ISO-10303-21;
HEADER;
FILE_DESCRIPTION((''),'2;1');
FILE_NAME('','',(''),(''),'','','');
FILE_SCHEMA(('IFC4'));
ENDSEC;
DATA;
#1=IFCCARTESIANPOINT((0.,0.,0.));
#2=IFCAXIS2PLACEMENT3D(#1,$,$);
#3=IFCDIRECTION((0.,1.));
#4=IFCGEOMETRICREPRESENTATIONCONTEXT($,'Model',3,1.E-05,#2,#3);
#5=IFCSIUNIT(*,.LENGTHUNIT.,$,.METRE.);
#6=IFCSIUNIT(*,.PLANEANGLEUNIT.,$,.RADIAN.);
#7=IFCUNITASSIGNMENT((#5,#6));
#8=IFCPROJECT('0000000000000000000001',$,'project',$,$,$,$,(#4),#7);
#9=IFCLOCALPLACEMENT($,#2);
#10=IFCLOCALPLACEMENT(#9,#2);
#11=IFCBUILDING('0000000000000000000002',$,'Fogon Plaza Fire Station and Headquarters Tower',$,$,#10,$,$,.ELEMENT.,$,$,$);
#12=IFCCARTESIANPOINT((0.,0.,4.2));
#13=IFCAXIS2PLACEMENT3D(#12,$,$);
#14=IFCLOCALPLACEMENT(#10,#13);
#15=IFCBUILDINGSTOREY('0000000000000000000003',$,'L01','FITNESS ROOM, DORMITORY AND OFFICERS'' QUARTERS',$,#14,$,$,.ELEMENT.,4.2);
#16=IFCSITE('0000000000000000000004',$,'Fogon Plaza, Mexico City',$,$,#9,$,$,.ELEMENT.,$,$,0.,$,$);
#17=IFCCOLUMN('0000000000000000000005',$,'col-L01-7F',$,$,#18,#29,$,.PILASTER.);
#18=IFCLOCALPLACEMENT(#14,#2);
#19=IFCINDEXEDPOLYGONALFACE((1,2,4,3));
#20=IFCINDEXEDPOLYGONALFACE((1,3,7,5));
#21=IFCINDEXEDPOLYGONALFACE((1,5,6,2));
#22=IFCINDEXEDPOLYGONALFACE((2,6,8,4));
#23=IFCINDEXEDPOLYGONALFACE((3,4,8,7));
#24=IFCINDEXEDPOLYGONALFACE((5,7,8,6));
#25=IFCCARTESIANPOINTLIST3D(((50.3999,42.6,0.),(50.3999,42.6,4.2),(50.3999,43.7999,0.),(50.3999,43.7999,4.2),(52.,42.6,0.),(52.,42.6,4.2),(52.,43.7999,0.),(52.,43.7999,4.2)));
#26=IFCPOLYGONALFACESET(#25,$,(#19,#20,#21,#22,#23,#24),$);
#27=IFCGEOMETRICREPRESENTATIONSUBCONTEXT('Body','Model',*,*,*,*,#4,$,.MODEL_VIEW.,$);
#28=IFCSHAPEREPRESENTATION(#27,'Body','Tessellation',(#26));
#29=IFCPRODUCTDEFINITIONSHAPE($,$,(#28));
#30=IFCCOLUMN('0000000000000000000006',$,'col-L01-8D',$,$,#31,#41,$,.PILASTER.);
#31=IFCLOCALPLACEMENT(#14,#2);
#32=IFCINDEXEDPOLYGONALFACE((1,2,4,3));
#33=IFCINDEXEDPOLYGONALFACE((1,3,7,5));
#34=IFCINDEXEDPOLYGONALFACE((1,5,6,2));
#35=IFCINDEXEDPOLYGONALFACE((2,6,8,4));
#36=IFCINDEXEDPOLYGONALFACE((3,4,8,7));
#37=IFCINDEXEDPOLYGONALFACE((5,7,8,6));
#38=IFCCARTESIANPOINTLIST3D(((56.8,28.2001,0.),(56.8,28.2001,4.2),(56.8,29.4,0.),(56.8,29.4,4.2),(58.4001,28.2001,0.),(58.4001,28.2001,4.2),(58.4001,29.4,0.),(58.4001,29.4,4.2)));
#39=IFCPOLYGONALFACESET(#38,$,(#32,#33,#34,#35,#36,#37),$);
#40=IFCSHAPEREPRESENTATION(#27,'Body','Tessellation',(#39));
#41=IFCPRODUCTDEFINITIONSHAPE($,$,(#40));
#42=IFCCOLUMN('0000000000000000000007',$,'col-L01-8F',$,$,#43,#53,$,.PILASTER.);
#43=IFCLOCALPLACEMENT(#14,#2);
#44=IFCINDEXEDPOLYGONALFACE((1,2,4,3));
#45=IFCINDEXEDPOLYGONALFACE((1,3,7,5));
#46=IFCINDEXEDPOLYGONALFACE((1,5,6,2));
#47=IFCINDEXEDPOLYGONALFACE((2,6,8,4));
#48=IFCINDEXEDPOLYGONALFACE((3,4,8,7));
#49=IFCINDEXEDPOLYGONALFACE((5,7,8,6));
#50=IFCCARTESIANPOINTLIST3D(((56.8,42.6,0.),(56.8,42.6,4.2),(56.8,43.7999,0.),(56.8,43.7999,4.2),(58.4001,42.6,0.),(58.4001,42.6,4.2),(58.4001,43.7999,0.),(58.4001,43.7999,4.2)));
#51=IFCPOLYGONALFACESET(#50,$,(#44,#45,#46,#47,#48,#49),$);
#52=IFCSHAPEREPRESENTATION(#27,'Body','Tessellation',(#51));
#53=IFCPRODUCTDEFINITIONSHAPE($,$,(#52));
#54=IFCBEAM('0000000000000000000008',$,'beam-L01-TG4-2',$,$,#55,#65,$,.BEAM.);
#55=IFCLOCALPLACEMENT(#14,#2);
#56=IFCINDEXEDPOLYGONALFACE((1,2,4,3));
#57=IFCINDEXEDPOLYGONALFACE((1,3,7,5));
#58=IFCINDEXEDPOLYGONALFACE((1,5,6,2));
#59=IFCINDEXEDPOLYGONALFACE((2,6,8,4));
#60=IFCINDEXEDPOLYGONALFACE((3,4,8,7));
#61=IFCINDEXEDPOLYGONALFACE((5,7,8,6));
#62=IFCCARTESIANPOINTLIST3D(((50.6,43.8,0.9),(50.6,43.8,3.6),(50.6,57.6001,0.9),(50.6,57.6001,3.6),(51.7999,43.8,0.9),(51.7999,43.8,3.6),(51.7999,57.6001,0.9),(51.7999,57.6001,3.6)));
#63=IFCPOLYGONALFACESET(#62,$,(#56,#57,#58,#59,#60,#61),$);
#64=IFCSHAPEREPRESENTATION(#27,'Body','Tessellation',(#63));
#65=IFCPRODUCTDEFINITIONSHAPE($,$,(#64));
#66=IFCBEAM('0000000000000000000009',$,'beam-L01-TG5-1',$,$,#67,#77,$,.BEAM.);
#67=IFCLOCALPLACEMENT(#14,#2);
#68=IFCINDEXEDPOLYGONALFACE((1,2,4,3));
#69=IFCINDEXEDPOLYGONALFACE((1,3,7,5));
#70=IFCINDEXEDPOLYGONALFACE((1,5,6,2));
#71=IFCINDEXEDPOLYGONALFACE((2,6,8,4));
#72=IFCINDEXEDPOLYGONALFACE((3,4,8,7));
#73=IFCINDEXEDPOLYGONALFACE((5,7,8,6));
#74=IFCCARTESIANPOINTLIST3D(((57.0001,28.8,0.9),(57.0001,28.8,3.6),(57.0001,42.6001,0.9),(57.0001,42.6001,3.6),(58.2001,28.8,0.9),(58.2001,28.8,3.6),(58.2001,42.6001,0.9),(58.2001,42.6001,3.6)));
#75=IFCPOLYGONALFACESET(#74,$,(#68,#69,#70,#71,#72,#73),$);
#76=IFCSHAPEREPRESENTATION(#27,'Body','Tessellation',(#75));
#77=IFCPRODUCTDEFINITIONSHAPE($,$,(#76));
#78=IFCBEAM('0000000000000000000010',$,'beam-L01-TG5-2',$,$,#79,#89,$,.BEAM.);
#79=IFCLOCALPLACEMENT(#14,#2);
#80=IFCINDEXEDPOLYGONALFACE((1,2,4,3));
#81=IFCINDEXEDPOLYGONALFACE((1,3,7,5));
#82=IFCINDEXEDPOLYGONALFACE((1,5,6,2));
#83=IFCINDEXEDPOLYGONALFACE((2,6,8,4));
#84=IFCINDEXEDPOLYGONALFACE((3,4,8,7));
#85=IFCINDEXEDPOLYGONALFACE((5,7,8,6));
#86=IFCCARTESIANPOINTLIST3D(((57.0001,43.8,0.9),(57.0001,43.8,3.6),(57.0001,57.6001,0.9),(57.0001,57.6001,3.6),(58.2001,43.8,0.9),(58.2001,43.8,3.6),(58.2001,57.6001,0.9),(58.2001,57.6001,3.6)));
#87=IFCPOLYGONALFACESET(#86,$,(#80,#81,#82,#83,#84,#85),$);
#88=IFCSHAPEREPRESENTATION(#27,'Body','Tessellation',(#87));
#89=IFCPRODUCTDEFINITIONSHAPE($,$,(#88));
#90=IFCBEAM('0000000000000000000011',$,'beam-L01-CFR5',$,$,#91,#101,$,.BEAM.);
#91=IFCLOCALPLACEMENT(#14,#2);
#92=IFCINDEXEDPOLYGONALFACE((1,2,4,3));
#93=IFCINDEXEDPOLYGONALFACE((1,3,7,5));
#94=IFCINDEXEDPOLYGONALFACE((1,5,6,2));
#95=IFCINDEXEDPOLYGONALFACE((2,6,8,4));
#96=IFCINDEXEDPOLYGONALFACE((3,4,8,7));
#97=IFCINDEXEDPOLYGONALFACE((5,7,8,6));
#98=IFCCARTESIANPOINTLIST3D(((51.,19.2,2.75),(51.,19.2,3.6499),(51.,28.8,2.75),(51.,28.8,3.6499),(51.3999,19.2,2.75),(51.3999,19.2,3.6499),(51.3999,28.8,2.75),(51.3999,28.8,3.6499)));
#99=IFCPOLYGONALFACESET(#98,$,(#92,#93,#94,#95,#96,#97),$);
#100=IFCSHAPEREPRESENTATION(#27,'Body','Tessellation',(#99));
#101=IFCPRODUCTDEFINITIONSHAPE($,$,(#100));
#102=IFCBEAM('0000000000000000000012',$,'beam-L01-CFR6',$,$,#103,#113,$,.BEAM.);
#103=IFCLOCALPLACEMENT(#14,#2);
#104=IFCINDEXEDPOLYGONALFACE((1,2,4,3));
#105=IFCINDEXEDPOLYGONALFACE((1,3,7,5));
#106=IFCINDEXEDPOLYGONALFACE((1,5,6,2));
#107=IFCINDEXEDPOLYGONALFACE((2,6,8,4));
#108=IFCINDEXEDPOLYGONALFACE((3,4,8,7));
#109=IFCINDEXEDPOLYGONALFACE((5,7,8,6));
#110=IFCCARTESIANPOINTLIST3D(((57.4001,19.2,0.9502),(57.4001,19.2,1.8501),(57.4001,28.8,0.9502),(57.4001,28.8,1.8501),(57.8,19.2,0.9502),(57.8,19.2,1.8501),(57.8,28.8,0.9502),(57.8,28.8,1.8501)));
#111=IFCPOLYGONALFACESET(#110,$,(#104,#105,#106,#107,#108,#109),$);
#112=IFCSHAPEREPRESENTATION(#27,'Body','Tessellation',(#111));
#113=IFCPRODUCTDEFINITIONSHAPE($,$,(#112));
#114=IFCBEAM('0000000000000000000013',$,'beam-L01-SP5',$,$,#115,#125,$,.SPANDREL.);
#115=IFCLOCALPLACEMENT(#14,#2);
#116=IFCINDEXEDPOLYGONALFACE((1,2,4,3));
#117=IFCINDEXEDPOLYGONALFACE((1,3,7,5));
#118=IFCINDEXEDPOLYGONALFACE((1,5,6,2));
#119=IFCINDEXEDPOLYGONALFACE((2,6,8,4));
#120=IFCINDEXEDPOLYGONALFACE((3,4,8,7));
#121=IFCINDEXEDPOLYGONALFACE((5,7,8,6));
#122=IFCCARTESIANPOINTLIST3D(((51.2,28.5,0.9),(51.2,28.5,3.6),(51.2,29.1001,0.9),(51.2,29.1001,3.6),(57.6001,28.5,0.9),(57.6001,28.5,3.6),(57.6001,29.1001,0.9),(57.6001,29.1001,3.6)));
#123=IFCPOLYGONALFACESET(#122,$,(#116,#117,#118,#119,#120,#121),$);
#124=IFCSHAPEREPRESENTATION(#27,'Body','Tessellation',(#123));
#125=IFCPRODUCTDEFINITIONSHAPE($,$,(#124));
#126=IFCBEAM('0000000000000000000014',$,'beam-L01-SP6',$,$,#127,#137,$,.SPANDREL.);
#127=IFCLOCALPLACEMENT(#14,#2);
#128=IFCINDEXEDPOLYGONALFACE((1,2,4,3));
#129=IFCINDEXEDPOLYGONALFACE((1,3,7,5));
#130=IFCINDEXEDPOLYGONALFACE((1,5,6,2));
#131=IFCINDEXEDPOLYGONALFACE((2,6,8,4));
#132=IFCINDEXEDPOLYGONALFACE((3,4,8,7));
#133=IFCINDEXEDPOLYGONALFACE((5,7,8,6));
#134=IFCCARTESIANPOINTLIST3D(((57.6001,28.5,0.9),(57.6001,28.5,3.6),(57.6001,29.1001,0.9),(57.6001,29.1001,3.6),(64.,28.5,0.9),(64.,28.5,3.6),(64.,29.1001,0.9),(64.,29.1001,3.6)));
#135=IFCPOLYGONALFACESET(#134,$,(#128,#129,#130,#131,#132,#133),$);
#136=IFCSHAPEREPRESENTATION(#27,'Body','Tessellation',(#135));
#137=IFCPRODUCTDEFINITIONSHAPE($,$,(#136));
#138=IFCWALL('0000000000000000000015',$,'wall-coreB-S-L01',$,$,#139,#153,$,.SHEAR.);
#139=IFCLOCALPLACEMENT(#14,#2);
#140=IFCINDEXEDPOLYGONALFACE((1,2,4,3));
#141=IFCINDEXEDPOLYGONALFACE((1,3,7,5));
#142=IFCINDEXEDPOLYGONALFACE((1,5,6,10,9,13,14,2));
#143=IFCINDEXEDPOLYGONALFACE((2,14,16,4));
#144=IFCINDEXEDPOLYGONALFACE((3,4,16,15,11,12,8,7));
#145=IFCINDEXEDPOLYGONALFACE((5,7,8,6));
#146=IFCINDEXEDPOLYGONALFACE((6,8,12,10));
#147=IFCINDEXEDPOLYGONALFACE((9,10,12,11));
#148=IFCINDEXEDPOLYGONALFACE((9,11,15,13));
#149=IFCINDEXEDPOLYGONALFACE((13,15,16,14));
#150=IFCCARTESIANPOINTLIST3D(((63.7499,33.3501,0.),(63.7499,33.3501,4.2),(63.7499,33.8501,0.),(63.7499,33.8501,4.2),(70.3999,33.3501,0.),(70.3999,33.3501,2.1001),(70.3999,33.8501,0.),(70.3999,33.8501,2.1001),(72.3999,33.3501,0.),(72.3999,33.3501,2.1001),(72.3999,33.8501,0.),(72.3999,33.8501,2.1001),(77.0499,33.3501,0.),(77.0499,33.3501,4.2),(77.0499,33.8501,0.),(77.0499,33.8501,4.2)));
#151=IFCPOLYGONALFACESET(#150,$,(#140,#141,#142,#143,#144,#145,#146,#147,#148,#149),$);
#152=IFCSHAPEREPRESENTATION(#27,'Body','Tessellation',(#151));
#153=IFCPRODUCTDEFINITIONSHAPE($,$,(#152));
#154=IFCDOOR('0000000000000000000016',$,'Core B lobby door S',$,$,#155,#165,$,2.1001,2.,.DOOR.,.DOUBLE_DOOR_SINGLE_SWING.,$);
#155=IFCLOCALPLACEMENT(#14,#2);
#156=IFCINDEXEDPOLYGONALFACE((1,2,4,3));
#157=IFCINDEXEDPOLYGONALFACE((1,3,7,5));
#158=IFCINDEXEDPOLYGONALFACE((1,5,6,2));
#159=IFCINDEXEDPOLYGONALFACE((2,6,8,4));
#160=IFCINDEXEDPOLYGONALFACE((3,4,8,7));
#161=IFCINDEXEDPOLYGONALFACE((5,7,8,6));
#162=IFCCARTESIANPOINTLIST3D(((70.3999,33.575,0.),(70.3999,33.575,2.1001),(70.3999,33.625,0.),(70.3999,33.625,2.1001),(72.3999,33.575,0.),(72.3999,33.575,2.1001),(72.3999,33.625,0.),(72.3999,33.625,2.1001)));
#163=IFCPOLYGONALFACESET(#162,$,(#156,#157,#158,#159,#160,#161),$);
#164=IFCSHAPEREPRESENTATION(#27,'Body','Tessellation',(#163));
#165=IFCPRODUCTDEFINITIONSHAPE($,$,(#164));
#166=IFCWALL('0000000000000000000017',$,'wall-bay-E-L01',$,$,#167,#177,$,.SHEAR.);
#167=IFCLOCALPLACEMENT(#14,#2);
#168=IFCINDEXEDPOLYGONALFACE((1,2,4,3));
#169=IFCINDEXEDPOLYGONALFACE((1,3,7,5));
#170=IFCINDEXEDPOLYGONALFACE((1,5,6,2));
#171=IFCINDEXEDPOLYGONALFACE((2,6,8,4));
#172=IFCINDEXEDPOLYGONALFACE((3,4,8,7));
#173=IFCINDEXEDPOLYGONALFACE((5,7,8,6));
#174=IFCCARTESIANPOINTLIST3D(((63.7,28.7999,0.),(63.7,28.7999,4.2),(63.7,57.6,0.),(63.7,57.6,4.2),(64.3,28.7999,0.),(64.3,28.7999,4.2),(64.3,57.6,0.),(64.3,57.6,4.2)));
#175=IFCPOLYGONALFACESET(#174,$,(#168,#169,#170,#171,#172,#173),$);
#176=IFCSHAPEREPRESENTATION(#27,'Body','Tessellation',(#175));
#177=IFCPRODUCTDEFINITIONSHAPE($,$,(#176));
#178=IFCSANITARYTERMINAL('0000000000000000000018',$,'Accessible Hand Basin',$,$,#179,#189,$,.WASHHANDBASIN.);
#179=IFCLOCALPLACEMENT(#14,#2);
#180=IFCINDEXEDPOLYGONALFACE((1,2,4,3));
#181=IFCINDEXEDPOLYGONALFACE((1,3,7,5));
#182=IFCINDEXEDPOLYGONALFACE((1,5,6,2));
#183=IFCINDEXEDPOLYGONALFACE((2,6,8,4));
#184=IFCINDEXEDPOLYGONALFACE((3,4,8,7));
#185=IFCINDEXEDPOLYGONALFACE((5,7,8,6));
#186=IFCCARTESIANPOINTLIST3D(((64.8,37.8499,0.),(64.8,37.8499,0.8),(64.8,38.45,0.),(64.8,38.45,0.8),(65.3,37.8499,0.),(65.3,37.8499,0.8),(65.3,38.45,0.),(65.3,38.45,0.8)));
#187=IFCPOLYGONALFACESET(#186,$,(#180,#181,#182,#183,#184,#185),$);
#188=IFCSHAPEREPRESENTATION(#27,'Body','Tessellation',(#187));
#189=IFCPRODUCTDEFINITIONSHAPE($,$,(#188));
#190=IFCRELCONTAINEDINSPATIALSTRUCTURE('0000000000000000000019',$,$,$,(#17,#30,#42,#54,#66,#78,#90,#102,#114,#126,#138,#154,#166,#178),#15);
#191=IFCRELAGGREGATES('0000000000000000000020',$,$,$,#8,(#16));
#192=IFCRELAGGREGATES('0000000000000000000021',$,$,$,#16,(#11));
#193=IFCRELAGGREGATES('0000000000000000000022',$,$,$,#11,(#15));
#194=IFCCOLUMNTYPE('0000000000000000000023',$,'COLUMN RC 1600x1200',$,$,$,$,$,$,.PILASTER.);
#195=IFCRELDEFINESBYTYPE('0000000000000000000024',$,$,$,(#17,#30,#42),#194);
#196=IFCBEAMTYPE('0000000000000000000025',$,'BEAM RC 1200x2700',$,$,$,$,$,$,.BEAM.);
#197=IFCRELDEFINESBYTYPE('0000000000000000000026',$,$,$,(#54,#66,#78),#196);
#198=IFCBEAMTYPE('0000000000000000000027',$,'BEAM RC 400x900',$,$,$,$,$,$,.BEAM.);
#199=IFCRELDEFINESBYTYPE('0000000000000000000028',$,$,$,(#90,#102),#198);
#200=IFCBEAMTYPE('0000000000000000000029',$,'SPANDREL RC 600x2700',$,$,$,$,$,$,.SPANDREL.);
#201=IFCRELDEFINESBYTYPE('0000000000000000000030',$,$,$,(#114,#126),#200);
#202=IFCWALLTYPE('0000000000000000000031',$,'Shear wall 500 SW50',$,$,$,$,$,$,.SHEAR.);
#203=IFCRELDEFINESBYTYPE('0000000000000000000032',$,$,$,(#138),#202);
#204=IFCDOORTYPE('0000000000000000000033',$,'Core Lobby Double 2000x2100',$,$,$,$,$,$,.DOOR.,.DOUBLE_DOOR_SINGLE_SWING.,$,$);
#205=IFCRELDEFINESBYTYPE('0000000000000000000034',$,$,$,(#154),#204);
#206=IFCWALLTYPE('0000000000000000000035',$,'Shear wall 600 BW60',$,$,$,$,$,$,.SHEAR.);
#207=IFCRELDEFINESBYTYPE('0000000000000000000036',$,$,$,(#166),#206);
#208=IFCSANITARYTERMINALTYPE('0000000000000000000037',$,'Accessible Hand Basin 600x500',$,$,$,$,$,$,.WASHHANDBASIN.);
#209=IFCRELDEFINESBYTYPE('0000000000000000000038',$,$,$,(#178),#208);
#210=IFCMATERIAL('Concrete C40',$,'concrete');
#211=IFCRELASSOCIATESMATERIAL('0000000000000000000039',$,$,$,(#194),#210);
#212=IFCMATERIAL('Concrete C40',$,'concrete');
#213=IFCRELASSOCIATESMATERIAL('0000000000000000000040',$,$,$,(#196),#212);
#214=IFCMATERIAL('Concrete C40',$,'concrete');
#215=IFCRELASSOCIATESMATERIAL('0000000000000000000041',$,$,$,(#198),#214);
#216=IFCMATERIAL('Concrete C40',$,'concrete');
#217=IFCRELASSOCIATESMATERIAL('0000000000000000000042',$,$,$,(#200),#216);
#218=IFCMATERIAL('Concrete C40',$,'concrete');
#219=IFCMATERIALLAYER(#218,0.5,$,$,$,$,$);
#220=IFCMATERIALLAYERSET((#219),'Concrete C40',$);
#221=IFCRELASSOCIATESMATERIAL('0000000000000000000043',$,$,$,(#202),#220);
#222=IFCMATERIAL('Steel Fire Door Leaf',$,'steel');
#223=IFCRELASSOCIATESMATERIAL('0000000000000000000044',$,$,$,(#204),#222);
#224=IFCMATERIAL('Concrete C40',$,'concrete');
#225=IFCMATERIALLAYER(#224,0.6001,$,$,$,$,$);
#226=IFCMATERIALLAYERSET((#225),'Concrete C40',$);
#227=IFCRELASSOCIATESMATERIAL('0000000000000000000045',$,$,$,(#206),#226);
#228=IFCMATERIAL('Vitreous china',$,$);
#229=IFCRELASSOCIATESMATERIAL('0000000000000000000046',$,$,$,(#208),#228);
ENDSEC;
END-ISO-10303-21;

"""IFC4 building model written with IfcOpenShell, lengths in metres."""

from ifc_helpers import new_model, si_unit, direction, frame, frame_2d, origin, origin_2d, place, context, subcontext, project, spatial, rectangle, extrude, material, layer, layer_set, material_profile, profile_set, type_object, element, fill, save


model = new_model("IFC4")

# Units and contexts
model_context = context("Model", 3, precision=1e-05, world=origin(), true_north=direction((0.0, 1.0)))
body_context = subcontext(model_context, "Body", "Model", "MODEL_VIEW")
ifc_project = project(units=[si_unit("LENGTHUNIT", "METRE"), si_unit("PLANEANGLEUNIT", "RADIAN")], contexts=[model_context])

# Site, building, storey
site_placement = place(None, origin())
site = spatial("IfcSite", under=ifc_project, at=site_placement, Name="Fogon Plaza, Mexico City", CompositionType="ELEMENT", RefElevation=0.0)
building_placement = place(site_placement, origin())
building = spatial("IfcBuilding", under=site, at=building_placement, Name="Fogon Plaza Fire Station and Headquarters Tower", CompositionType="ELEMENT")
storey_placement = place(building_placement, frame((0.0, 0.0, 4.2)))
storey = spatial("IfcBuildingStorey", under=building, at=storey_placement, Name="L01", Description="FITNESS ROOM, DORMITORY AND OFFICERS' QUARTERS", CompositionType="ELEMENT", Elevation=4.2)

# Columns
ifc_material_1 = material(Name="Concrete C40", Category="concrete")
ifc_material_profile_1 = material_profile(ifc_material_1, rectangle(XDim=1.6001, YDim=1.2, at=origin_2d()), Name="RC 1600x1200")
ifc_profile_set_1 = profile_set([ifc_material_profile_1], Name="Concrete C40")
column_type = type_object("IfcColumnType", Name="COLUMN RC 1600x1200", PredefinedType="PILASTER", material=ifc_profile_set_1)
for number, where, z_axis, x_axis, name in (
    (1, (51.2, 43.2, 0.0), (0.0, 0.0, 1.0), (1.0, 0.0, 0.0), "col-L01-7F"),
    (2, (57.6001, 28.8, 0.0), (0.0, 0.0, 1.0), (1.0, 0.0, 0.0), "col-L01-8D"),
    (3, (57.6001, 43.2, 0.0), (0.0, 0.0, 1.0), (1.0, 0.0, 0.0), "col-L01-8F"),
):
    element("IfcColumn", number, at=place(storey_placement, frame(where, z_axis=z_axis, x_axis=x_axis)), inside=storey, type_object=column_type, Name=name, PredefinedType="PILASTER", context=body_context, shape_type="SweptSolid", body=[
        extrude(rectangle(XDim=1.6001, YDim=1.2, at=origin_2d()), origin(), (0.0, 0.0, 1.0), 4.2),
    ])

# Beams
ifc_material_2 = material(Name="Concrete C40", Category="concrete")
ifc_material_profile_2 = material_profile(ifc_material_2, rectangle(XDim=1.2, YDim=2.7, at=origin_2d()), Name="RC 1200x2700")
ifc_profile_set_2 = profile_set([ifc_material_profile_2], Name="Concrete C40")
beam_type_1 = type_object("IfcBeamType", Name="BEAM RC 1200x2700", PredefinedType="BEAM", material=ifc_profile_set_2)
for number, where, z_axis, x_axis, name in (
    (4, (51.2, 43.8, 2.25), (0.0, 1.0, 0.0), (-1.0, 0.0, 0.0), "beam-L01-TG4-2"),
    (5, (57.6001, 28.8, 2.25), (0.0, 1.0, 0.0), (-1.0, 0.0, 0.0), "beam-L01-TG5-1"),
    (6, (57.6001, 43.8, 2.25), (0.0, 1.0, 0.0), (-1.0, 0.0, 0.0), "beam-L01-TG5-2"),
):
    element("IfcBeam", number, at=place(storey_placement, frame(where, z_axis=z_axis, x_axis=x_axis)), inside=storey, type_object=beam_type_1, Name=name, PredefinedType="BEAM", context=body_context, shape_type="SweptSolid", body=[
        extrude(rectangle(XDim=1.2, YDim=2.7, at=origin_2d()), origin(), (0.0, 0.0, 1.0), 13.8),
    ])
ifc_material_3 = material(Name="Concrete C40", Category="concrete")
ifc_material_profile_3 = material_profile(ifc_material_3, rectangle(XDim=0.3999, YDim=0.8999, at=origin_2d()), Name="RC 400x900")
ifc_profile_set_3 = profile_set([ifc_material_profile_3], Name="Concrete C40")
beam_type_2 = type_object("IfcBeamType", Name="BEAM RC 400x900", PredefinedType="BEAM", material=ifc_profile_set_3)
for number, where, z_axis, x_axis, name in (
    (7, (51.2, 28.8, 3.2), (0.0, -1.0, 0.0), (1.0, 0.0, 0.0), "beam-L01-CFR5"),
    (8, (57.6001, 28.8, 1.4001), (0.0, -1.0, 0.0), (1.0, 0.0, 0.0), "beam-L01-CFR6"),
):
    element("IfcBeam", number, at=place(storey_placement, frame(where, z_axis=z_axis, x_axis=x_axis)), inside=storey, type_object=beam_type_2, Name=name, PredefinedType="BEAM", context=body_context, shape_type="SweptSolid", body=[
        extrude(rectangle(XDim=0.3999, YDim=0.8999, at=origin_2d()), origin(), (0.0, 0.0, 1.0), 9.6001),
    ])
ifc_material_4 = material(Name="Concrete C40", Category="concrete")
ifc_material_profile_4 = material_profile(ifc_material_4, rectangle(XDim=0.6001, YDim=2.7, at=origin_2d()), Name="RC 600x2700")
ifc_profile_set_4 = profile_set([ifc_material_profile_4], Name="Concrete C40")
beam_type_3 = type_object("IfcBeamType", Name="SPANDREL RC 600x2700", PredefinedType="SPANDREL", material=ifc_profile_set_4)
beam_1_placement = place(storey_placement, frame((51.2, 28.8, 2.25), z_axis=(1.0, 0.0, 0.0), x_axis=(0.0, 1.0, 0.0)))
element("IfcBeam", 9, at=beam_1_placement, inside=storey, type_object=beam_type_3, Name="beam-L01-SP5", PredefinedType="SPANDREL", context=body_context, shape_type="SweptSolid", body=[
    extrude(rectangle(XDim=0.6001, YDim=2.7, at=origin_2d()), origin(), (0.0, 0.0, 1.0), 6.4001),
])
beam_2_placement = place(storey_placement, frame((57.6001, 28.8, 2.25), z_axis=(1.0, 0.0, 0.0), x_axis=(0.0, 1.0, 0.0)))
element("IfcBeam", 10, at=beam_2_placement, inside=storey, type_object=beam_type_3, Name="beam-L01-SP6", PredefinedType="SPANDREL", context=body_context, shape_type="SweptSolid", body=[
    extrude(rectangle(XDim=0.6001, YDim=2.7, at=origin_2d()), origin(), (0.0, 0.0, 1.0), 6.3999),
])

# Wall, opening, door
ifc_material_5 = material(Name="Concrete C40", Category="concrete")
ifc_layer_1 = layer(ifc_material_5, 0.5)
ifc_layer_set_1 = layer_set([ifc_layer_1], Name="Concrete C40")
wall_type_1 = type_object("IfcWallType", Name="Shear wall 500 SW50", PredefinedType="SHEAR", material=ifc_layer_set_1)
wall_1_placement = place(storey_placement, frame((63.75, 33.6001, 0.0), z_axis=(0.0, 0.0, 1.0), x_axis=(1.0, 0.0, 0.0)))
wall_1 = element("IfcWall", 11, at=wall_1_placement, inside=storey, type_object=wall_type_1, Name="wall-coreB-S-L01", PredefinedType="SHEAR", context=body_context, shape_type="SweptSolid", body=[
    extrude(rectangle(XDim=13.3, YDim=0.5, at=frame_2d((6.6499, 0.0))), origin(), (0.0, 0.0, 1.0), 4.2),
])
opening_placement = place(wall_1_placement, frame((6.6499, 0.0, 0.0)))
opening = element("IfcOpeningElement", 12, at=opening_placement, cuts=wall_1, PredefinedType="OPENING", context=body_context, shape_type="SweptSolid", body=[
    extrude(rectangle(XDim=2.0, YDim=2.1001, at=frame_2d((1.0, 1.05))), frame((0.0, 0.26, 0.0), z_axis=(0.0, -1.0, 0.0), x_axis=(1.0, 0.0, 0.0)), (0.0, 0.0, 1.0), 0.52),
])
ifc_material_6 = material(Name="Steel Fire Door Leaf", Category="steel")
door_type = type_object("IfcDoorType", Name="Core Lobby Double 2000x2100", OperationType="DOUBLE_DOOR_SINGLE_SWING", PredefinedType="DOOR", material=ifc_material_6)
door_placement = place(opening_placement, origin())
door = element("IfcDoor", 13, at=door_placement, inside=storey, type_object=door_type, Name="Core B lobby door S", OperationType="DOUBLE_DOOR_SINGLE_SWING", OverallHeight=2.1001, OverallWidth=2.0, PredefinedType="DOOR", context=body_context, shape_type="SweptSolid", body=[
    extrude(rectangle(XDim=2.0, YDim=2.1001, at=frame_2d((1.0, 1.05))), frame((0.0, 0.0249, 0.0), z_axis=(0.0, -1.0, 0.0), x_axis=(1.0, 0.0, 0.0)), (0.0, 0.0, 1.0), 0.05),
])
fill(opening, door)

# Wall
ifc_material_7 = material(Name="Concrete C40", Category="concrete")
ifc_layer_2 = layer(ifc_material_7, 0.6001)
ifc_layer_set_2 = layer_set([ifc_layer_2], Name="Concrete C40")
wall_type_2 = type_object("IfcWallType", Name="Shear wall 600 BW60", PredefinedType="SHEAR", material=ifc_layer_set_2)
wall_2_placement = place(storey_placement, frame((64.0, 28.8, 0.0), z_axis=(0.0, 0.0, 1.0), x_axis=(0.0, 1.0, 0.0)))
element("IfcWall", 14, at=wall_2_placement, inside=storey, type_object=wall_type_2, Name="wall-bay-E-L01", PredefinedType="SHEAR", context=body_context, shape_type="SweptSolid", body=[
    extrude(rectangle(XDim=28.8, YDim=0.6001, at=frame_2d((14.3999, 0.0))), origin(), (0.0, 0.0, 1.0), 4.2),
])

# Sanitary terminal
ifc_material_8 = material(Name="Vitreous china")
sanitary_terminal_type_1 = type_object("IfcSanitaryTerminalType", Name="Accessible Hand Basin 600x500", PredefinedType="WASHHANDBASIN", material=ifc_material_8)
sanitary_terminal_1_placement = place(storey_placement, frame((65.05, 38.1499, 0.0), z_axis=(0.0, 0.0, 1.0), x_axis=(1.0, 0.0, 0.0)))
element("IfcSanitaryTerminal", 15, at=sanitary_terminal_1_placement, inside=storey, type_object=sanitary_terminal_type_1, Name="Accessible Hand Basin", PredefinedType="WASHHANDBASIN", context=body_context, shape_type="SweptSolid", body=[
    extrude(rectangle(XDim=0.5, YDim=0.6001, at=origin_2d()), origin(), (0.0, 0.0, 1.0), 0.8),
])

save(model, "model.ifc")
